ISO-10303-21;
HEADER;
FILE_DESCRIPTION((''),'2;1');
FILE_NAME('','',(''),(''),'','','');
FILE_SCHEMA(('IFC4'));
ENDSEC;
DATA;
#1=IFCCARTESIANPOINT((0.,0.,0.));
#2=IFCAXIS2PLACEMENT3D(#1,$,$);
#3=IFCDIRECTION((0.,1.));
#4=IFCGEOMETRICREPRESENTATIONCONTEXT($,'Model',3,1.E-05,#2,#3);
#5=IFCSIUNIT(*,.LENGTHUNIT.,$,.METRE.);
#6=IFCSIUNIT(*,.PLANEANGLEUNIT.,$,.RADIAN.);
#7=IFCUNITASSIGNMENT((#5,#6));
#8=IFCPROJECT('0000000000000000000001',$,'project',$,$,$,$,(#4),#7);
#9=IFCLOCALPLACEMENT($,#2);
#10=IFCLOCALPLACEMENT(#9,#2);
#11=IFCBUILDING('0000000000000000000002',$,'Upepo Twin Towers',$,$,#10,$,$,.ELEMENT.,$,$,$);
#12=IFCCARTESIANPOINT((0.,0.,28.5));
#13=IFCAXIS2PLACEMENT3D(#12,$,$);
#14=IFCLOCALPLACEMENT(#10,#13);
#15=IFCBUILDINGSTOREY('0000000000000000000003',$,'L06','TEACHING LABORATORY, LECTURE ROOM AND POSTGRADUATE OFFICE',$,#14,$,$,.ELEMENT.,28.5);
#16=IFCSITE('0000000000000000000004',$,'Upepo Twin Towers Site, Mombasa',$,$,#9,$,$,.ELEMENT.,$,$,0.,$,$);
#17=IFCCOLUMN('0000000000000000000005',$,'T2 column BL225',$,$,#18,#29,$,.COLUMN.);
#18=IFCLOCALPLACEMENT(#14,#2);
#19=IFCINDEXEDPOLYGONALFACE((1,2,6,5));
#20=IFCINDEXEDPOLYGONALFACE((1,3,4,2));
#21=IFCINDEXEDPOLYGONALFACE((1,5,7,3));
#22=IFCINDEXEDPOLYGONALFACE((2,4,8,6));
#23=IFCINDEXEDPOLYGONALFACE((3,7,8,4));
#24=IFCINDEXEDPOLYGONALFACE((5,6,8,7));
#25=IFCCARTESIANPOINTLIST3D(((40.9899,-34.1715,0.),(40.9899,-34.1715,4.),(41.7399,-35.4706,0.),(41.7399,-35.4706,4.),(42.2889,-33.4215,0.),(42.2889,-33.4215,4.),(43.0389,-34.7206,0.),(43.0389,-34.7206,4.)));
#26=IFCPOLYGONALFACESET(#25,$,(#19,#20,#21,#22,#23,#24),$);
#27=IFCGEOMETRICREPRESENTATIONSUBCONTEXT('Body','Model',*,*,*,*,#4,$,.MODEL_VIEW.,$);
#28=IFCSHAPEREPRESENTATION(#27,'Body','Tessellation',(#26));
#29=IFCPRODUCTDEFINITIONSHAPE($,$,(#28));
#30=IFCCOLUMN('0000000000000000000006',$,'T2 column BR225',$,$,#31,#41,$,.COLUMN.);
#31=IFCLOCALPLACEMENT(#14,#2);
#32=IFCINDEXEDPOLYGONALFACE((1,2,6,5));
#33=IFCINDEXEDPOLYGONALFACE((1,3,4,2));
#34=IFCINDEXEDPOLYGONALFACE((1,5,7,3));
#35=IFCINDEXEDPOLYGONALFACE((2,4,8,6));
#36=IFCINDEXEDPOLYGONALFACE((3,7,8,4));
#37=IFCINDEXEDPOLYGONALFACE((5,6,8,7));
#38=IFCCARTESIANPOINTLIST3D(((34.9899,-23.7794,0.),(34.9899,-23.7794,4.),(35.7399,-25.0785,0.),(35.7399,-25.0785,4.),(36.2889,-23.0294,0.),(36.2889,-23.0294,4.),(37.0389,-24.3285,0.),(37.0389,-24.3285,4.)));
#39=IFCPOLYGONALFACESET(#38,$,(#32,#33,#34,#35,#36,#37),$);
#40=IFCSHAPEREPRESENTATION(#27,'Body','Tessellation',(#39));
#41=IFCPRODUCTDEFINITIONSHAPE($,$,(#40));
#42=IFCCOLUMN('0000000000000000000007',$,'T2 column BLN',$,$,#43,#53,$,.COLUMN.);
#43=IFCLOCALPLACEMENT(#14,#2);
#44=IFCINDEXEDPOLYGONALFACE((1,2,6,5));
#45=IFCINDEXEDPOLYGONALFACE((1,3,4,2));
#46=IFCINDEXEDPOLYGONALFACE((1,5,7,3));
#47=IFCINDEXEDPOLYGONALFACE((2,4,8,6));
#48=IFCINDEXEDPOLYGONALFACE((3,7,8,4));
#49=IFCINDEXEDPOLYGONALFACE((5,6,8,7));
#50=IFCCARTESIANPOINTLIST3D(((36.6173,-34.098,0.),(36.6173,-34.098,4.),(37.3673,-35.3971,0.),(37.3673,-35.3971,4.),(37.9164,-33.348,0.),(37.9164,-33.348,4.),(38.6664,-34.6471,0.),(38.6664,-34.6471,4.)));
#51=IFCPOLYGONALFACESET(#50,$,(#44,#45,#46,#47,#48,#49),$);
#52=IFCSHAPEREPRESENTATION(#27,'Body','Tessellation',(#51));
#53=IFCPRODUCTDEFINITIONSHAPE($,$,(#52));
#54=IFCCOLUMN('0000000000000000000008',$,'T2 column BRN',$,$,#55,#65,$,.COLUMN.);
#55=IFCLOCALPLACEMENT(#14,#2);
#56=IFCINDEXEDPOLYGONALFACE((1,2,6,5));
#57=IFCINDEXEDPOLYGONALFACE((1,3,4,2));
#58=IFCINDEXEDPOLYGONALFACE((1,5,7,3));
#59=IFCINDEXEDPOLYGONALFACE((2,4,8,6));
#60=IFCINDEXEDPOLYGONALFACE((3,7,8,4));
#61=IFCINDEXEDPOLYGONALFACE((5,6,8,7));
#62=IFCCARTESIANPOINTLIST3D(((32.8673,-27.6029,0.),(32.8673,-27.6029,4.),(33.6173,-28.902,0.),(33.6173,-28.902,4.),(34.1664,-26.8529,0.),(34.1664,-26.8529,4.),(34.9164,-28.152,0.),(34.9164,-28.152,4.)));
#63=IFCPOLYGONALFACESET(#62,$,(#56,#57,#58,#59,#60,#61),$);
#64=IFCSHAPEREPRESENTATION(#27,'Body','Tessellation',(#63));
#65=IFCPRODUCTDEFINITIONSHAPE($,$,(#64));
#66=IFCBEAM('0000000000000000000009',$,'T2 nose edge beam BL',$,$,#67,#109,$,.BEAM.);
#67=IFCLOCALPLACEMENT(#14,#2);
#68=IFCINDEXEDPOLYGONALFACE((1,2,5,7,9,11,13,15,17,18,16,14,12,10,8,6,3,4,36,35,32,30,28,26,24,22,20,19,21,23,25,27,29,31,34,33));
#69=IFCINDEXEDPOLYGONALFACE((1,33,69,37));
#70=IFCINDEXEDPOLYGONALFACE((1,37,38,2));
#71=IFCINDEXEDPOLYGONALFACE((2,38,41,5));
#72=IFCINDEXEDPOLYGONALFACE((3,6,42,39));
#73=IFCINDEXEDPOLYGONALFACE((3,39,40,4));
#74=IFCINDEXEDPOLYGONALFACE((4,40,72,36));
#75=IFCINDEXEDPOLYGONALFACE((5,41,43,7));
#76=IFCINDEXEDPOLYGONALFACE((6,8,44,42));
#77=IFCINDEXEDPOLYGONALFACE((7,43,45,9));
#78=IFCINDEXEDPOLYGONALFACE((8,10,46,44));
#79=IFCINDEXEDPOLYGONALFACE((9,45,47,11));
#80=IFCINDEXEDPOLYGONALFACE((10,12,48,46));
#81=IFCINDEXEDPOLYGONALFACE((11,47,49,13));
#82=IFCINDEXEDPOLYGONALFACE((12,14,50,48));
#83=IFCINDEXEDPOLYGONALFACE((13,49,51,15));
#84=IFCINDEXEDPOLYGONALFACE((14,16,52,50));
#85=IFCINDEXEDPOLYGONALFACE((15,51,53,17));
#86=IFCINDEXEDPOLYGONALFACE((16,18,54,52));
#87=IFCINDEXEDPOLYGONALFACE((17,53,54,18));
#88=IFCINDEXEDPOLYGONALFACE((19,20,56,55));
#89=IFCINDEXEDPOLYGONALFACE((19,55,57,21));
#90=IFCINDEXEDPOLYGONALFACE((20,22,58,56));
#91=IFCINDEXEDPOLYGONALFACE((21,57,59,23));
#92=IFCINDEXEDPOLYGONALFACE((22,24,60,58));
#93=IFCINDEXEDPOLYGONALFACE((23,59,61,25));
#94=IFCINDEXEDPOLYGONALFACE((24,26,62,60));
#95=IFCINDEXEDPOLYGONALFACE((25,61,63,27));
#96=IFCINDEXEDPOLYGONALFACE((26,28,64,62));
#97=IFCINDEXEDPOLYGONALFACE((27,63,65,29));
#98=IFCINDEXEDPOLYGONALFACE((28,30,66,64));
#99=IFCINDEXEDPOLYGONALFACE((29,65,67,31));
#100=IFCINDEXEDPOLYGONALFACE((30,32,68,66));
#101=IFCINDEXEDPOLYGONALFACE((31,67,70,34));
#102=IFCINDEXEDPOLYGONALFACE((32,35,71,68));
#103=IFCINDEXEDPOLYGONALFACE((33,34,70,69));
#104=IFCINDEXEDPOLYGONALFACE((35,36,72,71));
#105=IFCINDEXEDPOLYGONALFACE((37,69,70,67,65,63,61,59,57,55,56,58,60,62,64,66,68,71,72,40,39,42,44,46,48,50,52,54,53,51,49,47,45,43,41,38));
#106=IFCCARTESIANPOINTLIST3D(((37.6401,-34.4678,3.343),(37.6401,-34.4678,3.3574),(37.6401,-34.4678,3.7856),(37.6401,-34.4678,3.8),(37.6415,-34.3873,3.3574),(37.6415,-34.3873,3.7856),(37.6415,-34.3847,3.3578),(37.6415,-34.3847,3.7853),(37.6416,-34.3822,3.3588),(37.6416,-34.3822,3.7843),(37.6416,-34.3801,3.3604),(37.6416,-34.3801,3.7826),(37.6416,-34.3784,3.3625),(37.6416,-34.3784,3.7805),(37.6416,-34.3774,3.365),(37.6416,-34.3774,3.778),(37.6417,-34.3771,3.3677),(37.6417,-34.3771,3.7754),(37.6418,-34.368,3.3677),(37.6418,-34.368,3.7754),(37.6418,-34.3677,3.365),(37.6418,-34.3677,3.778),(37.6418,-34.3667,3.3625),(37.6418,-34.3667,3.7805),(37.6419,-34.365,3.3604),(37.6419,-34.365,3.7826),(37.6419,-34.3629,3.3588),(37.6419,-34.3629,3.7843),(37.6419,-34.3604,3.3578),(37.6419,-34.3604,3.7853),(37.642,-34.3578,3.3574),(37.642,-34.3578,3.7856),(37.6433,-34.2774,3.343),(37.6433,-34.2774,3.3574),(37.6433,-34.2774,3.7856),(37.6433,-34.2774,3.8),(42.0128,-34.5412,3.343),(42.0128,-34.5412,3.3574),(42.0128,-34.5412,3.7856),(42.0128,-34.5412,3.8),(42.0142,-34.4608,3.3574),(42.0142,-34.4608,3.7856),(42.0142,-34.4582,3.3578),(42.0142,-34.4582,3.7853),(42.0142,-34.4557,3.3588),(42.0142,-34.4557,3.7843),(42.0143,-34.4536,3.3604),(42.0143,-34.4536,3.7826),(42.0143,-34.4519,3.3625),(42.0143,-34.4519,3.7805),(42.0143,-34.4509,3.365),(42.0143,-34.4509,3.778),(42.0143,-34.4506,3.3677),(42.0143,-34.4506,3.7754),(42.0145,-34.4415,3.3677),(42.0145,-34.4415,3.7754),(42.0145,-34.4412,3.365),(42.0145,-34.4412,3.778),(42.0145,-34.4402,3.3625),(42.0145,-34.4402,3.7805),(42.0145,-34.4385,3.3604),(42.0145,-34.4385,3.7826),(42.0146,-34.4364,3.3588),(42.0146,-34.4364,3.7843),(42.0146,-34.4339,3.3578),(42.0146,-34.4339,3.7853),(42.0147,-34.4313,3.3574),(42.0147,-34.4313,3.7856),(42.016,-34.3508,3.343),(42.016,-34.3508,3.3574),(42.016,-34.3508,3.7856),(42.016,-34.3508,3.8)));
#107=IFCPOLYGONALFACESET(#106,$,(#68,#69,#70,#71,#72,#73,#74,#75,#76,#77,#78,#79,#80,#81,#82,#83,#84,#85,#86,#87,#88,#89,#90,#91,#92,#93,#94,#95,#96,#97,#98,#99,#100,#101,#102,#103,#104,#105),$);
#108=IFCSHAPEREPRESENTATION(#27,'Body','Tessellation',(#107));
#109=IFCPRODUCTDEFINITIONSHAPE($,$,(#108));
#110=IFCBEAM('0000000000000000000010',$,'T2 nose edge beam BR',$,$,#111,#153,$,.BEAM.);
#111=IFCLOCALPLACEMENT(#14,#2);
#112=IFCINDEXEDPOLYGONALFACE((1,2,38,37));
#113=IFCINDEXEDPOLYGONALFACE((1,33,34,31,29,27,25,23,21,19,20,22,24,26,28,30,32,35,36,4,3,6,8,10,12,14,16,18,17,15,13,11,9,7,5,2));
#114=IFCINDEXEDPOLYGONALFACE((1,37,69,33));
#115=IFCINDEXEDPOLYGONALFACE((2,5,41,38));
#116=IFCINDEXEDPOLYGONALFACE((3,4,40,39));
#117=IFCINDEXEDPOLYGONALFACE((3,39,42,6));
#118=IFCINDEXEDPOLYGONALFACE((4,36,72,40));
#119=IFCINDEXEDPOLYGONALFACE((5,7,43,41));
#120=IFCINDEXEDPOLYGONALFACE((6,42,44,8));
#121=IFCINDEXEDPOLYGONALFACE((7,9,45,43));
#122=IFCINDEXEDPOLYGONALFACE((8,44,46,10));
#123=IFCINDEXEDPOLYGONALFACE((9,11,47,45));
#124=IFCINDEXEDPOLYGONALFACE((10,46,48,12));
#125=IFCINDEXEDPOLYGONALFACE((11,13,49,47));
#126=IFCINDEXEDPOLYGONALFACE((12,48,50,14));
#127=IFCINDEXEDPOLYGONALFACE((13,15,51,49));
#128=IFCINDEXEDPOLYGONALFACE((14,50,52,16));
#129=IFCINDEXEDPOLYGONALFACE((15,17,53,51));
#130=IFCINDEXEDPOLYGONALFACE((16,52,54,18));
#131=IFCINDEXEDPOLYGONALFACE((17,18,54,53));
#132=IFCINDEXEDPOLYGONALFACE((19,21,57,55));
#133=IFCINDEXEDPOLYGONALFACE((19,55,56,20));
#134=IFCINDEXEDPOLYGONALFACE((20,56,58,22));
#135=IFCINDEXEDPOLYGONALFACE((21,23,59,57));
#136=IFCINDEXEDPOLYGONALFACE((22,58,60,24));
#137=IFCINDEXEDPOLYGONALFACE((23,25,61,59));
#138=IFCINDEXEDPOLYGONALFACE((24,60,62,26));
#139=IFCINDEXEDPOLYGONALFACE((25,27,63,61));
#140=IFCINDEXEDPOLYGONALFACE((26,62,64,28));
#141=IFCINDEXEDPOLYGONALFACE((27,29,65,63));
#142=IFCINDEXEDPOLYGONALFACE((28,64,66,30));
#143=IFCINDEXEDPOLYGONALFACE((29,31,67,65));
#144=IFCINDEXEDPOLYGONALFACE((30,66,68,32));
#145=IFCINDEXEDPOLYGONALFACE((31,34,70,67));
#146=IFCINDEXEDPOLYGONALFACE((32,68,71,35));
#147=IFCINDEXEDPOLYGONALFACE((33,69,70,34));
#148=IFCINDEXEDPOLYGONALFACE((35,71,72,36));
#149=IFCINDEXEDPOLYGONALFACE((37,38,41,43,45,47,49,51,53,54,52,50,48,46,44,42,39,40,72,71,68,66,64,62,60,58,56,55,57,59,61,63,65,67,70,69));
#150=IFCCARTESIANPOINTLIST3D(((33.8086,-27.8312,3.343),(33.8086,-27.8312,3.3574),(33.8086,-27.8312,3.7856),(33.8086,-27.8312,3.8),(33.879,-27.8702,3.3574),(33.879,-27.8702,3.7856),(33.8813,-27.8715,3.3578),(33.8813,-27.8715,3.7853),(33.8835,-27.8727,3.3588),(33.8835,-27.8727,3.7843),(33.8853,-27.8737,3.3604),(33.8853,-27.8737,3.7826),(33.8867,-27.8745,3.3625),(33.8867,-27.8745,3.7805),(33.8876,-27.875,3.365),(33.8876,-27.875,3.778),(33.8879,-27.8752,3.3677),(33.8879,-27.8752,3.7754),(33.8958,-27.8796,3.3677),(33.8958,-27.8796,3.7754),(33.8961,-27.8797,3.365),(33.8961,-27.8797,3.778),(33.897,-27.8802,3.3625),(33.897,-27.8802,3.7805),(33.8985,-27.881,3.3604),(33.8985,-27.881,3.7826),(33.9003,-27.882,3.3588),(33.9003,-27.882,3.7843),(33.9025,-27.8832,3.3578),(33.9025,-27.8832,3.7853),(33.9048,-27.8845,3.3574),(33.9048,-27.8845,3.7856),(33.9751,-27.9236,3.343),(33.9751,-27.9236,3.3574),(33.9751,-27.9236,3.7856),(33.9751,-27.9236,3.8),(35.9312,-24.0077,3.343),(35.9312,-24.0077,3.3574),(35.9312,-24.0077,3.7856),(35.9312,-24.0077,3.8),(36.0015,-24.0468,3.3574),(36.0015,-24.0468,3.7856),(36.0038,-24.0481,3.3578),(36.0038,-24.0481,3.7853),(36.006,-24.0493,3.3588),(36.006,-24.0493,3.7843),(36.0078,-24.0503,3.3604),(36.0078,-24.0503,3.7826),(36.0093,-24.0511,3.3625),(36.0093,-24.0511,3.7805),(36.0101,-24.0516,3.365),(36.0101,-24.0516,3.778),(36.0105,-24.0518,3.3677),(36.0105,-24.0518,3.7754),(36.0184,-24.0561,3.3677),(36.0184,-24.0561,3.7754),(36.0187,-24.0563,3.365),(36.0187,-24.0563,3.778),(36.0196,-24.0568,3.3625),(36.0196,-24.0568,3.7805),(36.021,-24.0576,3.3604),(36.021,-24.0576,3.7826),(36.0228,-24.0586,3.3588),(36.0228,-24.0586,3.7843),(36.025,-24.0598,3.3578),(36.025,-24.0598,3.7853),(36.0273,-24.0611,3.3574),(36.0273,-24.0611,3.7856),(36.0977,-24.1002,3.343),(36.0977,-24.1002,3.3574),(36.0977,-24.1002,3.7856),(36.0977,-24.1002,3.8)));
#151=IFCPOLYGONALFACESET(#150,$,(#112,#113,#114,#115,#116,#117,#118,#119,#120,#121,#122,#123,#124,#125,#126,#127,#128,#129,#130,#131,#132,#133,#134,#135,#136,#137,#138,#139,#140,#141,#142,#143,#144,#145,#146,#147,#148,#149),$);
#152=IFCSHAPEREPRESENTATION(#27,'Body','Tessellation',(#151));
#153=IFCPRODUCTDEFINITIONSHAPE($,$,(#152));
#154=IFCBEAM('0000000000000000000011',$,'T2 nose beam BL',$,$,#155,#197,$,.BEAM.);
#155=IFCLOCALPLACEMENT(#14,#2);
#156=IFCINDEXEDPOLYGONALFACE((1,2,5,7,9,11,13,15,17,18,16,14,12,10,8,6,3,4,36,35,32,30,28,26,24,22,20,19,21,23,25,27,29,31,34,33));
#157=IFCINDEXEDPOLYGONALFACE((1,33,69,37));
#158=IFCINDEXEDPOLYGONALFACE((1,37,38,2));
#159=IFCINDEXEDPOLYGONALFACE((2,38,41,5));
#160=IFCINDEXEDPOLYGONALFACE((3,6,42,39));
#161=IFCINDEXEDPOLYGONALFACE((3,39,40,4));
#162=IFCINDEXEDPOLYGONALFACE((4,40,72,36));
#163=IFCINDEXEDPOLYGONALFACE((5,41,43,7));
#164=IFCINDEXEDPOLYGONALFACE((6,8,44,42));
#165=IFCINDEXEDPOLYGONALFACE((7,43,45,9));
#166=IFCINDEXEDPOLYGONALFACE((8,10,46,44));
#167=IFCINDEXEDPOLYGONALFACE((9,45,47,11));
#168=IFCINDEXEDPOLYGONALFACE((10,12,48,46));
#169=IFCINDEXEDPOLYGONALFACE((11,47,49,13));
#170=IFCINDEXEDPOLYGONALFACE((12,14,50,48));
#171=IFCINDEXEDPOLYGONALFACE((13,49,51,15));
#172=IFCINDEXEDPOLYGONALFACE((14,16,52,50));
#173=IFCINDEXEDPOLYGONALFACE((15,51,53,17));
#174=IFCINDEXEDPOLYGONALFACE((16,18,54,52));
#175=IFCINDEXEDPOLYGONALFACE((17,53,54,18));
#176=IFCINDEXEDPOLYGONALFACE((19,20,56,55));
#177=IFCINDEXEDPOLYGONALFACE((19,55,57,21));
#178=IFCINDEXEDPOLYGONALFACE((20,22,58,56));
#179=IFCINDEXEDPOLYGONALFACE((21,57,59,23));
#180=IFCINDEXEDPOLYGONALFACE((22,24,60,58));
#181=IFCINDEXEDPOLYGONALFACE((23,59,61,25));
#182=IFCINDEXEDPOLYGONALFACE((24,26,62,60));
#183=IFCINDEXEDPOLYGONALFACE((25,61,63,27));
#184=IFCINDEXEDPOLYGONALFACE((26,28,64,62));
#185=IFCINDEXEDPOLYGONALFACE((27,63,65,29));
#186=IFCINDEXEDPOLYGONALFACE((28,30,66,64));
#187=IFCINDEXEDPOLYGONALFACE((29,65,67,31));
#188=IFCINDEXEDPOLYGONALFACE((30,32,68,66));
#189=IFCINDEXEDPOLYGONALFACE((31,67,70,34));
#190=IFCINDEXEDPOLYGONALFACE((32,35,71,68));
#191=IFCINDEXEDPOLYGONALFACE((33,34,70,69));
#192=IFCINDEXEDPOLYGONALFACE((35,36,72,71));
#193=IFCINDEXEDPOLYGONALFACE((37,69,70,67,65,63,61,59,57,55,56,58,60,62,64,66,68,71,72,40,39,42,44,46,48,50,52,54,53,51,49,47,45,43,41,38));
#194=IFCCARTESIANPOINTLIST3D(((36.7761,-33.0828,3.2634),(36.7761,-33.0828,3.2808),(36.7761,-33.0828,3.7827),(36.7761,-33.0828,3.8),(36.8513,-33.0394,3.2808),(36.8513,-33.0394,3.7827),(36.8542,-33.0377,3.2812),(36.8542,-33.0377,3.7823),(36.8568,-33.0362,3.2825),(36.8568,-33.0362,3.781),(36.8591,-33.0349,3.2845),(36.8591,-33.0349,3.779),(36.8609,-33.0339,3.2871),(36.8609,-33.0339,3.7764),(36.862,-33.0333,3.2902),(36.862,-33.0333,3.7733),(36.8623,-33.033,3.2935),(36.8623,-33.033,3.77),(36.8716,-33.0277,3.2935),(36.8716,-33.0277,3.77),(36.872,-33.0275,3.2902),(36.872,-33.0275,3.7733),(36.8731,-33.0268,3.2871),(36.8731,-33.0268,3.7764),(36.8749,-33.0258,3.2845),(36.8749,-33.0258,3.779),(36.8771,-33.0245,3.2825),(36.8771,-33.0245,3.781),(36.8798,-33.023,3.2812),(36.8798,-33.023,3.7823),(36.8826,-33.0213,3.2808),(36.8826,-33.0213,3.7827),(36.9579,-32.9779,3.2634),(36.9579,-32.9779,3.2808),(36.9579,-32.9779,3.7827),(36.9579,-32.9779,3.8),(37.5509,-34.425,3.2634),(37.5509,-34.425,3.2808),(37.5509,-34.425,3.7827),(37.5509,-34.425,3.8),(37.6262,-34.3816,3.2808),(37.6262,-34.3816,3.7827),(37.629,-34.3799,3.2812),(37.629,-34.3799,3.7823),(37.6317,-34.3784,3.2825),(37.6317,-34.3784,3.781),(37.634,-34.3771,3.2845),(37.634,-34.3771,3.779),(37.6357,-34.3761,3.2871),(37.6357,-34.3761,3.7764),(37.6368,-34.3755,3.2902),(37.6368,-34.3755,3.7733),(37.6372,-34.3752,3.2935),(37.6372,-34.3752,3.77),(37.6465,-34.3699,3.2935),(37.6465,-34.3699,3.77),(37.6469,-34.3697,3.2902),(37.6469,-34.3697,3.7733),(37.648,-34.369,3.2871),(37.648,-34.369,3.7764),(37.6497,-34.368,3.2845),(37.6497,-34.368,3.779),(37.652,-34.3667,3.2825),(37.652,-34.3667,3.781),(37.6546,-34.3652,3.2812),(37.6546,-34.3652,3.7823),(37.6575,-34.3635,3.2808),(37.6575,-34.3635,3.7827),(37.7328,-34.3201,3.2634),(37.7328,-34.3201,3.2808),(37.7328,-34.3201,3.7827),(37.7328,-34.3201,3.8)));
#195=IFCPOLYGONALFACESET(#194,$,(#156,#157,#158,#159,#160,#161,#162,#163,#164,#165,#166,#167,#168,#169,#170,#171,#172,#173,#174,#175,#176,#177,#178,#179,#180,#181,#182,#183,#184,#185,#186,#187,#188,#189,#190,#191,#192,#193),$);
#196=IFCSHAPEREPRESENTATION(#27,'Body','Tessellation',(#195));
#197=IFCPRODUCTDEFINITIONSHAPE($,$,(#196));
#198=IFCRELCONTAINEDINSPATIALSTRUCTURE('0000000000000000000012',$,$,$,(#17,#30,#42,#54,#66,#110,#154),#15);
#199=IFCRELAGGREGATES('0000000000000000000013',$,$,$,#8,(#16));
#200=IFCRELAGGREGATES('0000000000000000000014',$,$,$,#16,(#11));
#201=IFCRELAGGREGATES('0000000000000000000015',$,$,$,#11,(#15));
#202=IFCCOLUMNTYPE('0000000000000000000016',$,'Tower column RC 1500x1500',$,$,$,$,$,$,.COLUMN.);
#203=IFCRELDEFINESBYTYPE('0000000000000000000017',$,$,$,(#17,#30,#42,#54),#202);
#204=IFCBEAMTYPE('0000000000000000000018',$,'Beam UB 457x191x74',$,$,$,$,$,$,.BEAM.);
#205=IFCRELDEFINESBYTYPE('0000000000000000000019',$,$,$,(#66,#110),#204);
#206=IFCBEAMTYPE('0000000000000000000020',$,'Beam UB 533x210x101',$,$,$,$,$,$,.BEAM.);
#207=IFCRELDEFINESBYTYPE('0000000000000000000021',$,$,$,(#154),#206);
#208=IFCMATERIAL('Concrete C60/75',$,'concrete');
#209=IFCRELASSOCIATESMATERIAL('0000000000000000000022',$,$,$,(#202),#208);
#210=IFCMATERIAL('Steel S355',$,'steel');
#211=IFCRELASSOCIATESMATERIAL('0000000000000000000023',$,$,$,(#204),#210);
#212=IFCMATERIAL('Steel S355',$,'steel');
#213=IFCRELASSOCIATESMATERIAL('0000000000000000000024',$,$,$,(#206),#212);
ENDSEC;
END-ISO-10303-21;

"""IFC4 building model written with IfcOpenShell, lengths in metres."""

from ifc_helpers import new_model, si_unit, direction, frame, origin, origin_2d, place, context, subcontext, project, spatial, rectangle, i_section, extrude, material, material_profile, profile_set, type_object, element, save


model = new_model("IFC4")

# Units and contexts
model_context = context("Model", 3, precision=1e-05, world=origin(), true_north=direction((0.0, 1.0)))
body_context = subcontext(model_context, "Body", "Model", "MODEL_VIEW")
ifc_project = project(units=[si_unit("LENGTHUNIT", "METRE"), si_unit("PLANEANGLEUNIT", "RADIAN")], contexts=[model_context])

# Site, building, storey
site_placement = place(None, origin())
site = spatial("IfcSite", under=ifc_project, at=site_placement, Name="Upepo Twin Towers Site, Mombasa", CompositionType="ELEMENT", RefElevation=0.0)
building_placement = place(site_placement, origin())
building = spatial("IfcBuilding", under=site, at=building_placement, Name="Upepo Twin Towers", CompositionType="ELEMENT")
storey_placement = place(building_placement, frame((0.0, 0.0, 28.5)))
storey = spatial("IfcBuildingStorey", under=building, at=storey_placement, Name="L06", Description="TEACHING LABORATORY, LECTURE ROOM AND POSTGRADUATE OFFICE", CompositionType="ELEMENT", Elevation=28.5)

# Columns
ifc_material_1 = material(Name="Concrete C60/75", Category="concrete")
ifc_material_profile_1 = material_profile(ifc_material_1, rectangle(XDim=1.5, YDim=1.5, at=origin_2d()), Name="RC 1500x1500")
ifc_profile_set_1 = profile_set([ifc_material_profile_1], Name="Concrete C60/75")
column_type = type_object("IfcColumnType", Name="Tower column RC 1500x1500", PredefinedType="COLUMN", material=ifc_profile_set_1)
for number, where, z_axis, x_axis, name in (
    (1, (42.0144, -34.446, 0.0), (0.0, 0.0, 1.0), (0.866025, 0.5, 0.0), "T2 column BL225"),
    (2, (36.0144, -24.054, 0.0), (0.0, 0.0, 1.0), (0.866025, 0.5, 0.0), "T2 column BR225"),
    (3, (37.6418, -34.3726, 0.0), (0.0, 0.0, 1.0), (0.866025, 0.5, 0.0), "T2 column BLN"),
    (4, (33.8918, -27.8774, 0.0), (0.0, 0.0, 1.0), (0.866025, 0.5, 0.0), "T2 column BRN"),
):
    element("IfcColumn", number, at=place(storey_placement, frame(where, z_axis=z_axis, x_axis=x_axis)), inside=storey, type_object=column_type, Name=name, PredefinedType="COLUMN", context=body_context, shape_type="SweptSolid", body=[
        extrude(rectangle(XDim=1.5, YDim=1.5, at=origin_2d()), origin(), (0.0, 0.0, 1.0), 4.0),
    ])

# Beams
ifc_material_2 = material(Name="Steel S355", Category="steel")
ifc_material_profile_2 = material_profile(ifc_material_2, i_section(OverallWidth=0.1904, OverallDepth=0.457, WebThickness=0.009, FlangeThickness=0.0144, FilletRadius=0.0103, at=origin_2d()), Name="UB 457x191x74")
ifc_profile_set_2 = profile_set([ifc_material_profile_2], Name="Steel S355")
beam_type_1 = type_object("IfcBeamType", Name="Beam UB 457x191x74", PredefinedType="BEAM", material=ifc_profile_set_2)
beam_1_placement = place(storey_placement, frame((42.0144, -34.446, 3.5715), z_axis=(-0.999859, 0.016804, 0.0), x_axis=(-0.016804, -0.999859, 0.0)))
element("IfcBeam", 5, at=beam_1_placement, inside=storey, type_object=beam_type_1, Name="T2 nose edge beam BL", PredefinedType="BEAM", context=body_context, shape_type="SweptSolid", body=[
    extrude(i_section(OverallWidth=0.1904, OverallDepth=0.457, WebThickness=0.009, FlangeThickness=0.0144, FilletRadius=0.0103, at=origin_2d()), origin(), (0.0, 0.0, 1.0), 4.3733),
])
beam_2_placement = place(storey_placement, frame((36.0144, -24.054, 3.5715), z_axis=(-0.485363, -0.874313, 0.0), x_axis=(0.874313, -0.485363, 0.0)))
element("IfcBeam", 6, at=beam_2_placement, inside=storey, type_object=beam_type_1, Name="T2 nose edge beam BR", PredefinedType="BEAM", context=body_context, shape_type="SweptSolid", body=[
    extrude(i_section(OverallWidth=0.1904, OverallDepth=0.457, WebThickness=0.009, FlangeThickness=0.0144, FilletRadius=0.0103, at=origin_2d()), origin(), (0.0, 0.0, 1.0), 4.373),
])
ifc_material_3 = material(Name="Steel S355", Category="steel")
ifc_material_profile_3 = material_profile(ifc_material_3, i_section(OverallWidth=0.21, OverallDepth=0.5366, WebThickness=0.0107, FlangeThickness=0.0173, FilletRadius=0.0127, at=origin_2d()), Name="UB 533x210x101")
ifc_profile_set_3 = profile_set([ifc_material_profile_3], Name="Steel S355")
beam_type_2 = type_object("IfcBeamType", Name="Beam UB 533x210x101", PredefinedType="BEAM", material=ifc_profile_set_3)
for number, where, z_axis, x_axis, name in (
    (7, (37.6418, -34.3726, 3.5317), (-0.499968, 0.866044, 0.0), (-0.866044, -0.499968, 0.0), "T2 nose beam BL"),
):
    element("IfcBeam", number, at=place(storey_placement, frame(where, z_axis=z_axis, x_axis=x_axis)), inside=storey, type_object=beam_type_2, Name=name, PredefinedType="BEAM", context=body_context, shape_type="SweptSolid", body=[
        extrude(i_section(OverallWidth=0.21, OverallDepth=0.5366, WebThickness=0.0107, FlangeThickness=0.0173, FilletRadius=0.0127, at=origin_2d()), origin(), (0.0, 0.0, 1.0), 1.5498),
    ])

save(model, "model.ifc")
